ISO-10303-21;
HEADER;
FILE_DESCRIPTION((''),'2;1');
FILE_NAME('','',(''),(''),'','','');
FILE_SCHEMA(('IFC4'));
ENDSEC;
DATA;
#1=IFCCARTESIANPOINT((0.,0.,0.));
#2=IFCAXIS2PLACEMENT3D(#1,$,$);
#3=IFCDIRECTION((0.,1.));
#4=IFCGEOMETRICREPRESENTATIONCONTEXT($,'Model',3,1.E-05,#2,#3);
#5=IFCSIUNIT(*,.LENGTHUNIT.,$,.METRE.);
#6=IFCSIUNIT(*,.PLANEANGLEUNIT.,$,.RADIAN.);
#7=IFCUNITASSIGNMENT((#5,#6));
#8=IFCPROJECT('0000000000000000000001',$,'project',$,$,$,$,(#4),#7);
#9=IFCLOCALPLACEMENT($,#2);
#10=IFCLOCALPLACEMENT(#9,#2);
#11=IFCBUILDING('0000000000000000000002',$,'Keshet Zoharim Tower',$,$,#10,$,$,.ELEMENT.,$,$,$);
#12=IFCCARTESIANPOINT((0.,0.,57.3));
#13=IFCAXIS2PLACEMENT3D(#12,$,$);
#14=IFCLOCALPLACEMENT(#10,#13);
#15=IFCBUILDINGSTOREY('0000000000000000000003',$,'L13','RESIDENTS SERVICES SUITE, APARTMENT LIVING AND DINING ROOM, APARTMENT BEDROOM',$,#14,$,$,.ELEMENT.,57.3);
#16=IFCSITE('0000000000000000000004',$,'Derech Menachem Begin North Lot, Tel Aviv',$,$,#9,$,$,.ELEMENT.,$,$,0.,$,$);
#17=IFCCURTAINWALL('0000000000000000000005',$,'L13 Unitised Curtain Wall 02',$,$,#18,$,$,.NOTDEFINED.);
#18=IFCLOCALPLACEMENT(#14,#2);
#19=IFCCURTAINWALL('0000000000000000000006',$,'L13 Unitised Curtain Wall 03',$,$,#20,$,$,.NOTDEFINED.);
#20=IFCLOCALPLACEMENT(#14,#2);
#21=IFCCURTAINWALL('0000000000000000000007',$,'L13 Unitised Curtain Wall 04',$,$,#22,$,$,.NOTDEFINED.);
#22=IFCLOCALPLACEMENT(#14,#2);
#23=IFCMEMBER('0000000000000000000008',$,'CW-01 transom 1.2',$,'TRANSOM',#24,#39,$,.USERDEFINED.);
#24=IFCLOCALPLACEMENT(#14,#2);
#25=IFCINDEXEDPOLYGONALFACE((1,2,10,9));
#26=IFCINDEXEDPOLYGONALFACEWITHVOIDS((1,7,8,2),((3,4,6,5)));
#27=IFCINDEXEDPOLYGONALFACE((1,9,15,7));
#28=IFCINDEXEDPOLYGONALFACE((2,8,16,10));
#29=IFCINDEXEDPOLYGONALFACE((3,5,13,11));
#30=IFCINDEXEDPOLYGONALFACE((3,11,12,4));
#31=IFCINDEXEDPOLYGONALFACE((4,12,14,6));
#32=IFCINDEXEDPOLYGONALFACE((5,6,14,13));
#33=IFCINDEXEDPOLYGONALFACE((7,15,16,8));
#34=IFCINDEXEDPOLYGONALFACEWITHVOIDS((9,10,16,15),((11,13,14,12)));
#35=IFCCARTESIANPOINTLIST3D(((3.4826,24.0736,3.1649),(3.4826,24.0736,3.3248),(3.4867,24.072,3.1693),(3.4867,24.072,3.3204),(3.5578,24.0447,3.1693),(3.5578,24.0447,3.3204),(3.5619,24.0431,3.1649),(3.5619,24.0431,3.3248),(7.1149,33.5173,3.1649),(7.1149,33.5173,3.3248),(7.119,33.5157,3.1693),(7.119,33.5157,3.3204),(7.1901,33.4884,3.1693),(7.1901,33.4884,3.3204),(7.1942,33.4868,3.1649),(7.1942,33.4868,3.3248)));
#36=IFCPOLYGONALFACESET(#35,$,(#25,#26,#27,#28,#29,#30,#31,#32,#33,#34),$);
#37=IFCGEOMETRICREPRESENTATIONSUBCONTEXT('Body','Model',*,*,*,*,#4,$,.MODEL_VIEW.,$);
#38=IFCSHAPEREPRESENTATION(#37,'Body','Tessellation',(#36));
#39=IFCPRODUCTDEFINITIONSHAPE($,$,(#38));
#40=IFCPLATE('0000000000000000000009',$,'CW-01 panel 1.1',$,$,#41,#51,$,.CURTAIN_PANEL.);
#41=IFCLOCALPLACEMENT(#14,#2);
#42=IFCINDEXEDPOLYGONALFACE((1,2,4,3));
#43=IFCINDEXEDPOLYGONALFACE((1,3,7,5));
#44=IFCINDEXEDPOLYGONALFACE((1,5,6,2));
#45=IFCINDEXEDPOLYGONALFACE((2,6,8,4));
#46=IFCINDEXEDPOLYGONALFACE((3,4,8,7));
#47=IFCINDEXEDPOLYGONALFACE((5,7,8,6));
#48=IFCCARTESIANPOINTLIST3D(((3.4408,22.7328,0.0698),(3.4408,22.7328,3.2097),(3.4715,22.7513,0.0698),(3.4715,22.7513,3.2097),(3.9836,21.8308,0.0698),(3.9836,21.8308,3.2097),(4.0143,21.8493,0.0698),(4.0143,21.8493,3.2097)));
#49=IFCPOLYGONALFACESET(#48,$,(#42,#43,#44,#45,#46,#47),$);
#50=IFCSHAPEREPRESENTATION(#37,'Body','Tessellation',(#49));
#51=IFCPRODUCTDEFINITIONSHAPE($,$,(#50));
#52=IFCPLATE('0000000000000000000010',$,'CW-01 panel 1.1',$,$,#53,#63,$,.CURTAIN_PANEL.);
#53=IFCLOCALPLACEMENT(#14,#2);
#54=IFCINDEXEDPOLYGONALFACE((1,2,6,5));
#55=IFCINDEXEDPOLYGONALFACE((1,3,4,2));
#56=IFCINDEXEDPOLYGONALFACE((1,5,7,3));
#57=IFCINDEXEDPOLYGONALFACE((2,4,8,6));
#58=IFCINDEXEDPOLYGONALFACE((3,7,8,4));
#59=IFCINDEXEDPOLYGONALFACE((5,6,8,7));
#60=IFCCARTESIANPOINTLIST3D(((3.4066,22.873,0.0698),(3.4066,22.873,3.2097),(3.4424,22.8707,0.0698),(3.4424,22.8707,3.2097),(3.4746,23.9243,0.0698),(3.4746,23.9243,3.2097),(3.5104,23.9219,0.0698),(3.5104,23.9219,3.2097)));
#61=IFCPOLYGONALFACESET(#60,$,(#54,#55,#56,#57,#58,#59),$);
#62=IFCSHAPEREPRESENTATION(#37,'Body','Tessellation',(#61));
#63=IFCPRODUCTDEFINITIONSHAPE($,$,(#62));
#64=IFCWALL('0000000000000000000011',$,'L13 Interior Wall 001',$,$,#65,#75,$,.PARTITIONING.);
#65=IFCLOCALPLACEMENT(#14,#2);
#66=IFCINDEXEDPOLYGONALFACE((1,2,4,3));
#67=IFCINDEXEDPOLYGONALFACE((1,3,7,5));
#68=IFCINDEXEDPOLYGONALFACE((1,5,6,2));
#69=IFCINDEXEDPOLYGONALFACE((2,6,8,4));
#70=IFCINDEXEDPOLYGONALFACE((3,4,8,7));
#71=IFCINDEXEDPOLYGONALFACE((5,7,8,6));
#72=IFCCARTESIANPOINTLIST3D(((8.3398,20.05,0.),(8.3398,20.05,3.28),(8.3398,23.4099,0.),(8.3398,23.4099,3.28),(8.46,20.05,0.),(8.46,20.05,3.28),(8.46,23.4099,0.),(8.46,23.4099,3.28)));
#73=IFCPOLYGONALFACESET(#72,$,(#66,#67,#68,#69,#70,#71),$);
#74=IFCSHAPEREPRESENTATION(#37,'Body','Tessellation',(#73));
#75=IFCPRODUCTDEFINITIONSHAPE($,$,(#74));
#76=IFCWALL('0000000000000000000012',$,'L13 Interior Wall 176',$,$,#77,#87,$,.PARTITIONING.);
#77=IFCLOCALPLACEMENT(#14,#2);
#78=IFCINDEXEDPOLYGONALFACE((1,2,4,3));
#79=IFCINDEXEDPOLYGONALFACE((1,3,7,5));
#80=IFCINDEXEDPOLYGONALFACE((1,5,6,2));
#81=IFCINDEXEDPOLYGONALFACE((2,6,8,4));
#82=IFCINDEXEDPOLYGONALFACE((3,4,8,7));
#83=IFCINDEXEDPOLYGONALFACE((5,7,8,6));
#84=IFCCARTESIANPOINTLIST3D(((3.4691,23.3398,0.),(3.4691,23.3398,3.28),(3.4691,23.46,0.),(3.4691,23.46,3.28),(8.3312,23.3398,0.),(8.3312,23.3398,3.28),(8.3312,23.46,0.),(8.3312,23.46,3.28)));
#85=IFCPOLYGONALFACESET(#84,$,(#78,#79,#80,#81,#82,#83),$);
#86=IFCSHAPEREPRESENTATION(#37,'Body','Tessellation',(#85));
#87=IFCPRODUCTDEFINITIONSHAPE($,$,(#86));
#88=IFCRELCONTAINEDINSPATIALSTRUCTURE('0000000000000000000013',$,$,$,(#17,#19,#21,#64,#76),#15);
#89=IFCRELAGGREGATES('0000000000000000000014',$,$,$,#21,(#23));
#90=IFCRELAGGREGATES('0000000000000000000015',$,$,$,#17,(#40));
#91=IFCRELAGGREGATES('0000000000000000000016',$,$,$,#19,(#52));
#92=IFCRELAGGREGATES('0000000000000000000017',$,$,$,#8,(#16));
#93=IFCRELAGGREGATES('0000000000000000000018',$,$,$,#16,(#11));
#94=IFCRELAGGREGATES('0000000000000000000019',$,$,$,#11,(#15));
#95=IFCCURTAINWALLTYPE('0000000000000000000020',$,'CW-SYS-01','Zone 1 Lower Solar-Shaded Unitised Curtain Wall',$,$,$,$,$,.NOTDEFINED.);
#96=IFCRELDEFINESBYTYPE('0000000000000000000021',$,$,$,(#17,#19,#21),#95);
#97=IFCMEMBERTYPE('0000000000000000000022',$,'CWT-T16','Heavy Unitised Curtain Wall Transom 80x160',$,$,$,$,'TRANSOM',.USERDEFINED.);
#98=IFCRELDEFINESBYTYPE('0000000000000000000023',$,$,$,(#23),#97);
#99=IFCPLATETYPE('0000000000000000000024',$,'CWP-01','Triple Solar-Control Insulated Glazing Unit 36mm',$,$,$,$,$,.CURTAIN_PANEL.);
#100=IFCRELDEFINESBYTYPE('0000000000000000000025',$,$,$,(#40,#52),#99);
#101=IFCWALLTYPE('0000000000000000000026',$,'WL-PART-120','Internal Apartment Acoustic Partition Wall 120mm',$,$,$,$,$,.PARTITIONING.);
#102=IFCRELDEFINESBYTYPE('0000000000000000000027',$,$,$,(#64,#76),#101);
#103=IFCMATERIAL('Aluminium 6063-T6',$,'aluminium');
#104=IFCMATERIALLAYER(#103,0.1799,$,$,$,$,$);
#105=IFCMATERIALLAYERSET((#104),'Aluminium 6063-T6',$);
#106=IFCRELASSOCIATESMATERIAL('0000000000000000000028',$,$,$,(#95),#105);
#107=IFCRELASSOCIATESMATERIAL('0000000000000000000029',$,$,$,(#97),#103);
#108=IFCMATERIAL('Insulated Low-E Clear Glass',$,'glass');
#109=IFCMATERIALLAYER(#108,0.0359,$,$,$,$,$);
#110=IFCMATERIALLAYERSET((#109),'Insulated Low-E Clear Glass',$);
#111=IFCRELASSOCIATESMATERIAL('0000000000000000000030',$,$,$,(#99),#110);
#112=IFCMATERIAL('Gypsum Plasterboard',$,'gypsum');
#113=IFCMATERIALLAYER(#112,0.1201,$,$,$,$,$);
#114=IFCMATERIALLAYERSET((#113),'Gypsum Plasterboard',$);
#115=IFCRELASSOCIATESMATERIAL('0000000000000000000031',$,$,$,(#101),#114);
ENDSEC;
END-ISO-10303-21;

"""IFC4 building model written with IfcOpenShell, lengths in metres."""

from ifc_helpers import new_model, si_unit, direction, frame, frame_2d, origin, origin_2d, place, context, subcontext, project, spatial, rectangle, hollow_rectangle, extrude, material, layer, layer_set, material_profile, profile_set, type_object, element, aggregate, save


model = new_model("IFC4")

# Units and contexts
model_context = context("Model", 3, precision=1e-05, world=origin(), true_north=direction((0.0, 1.0)))
body_context = subcontext(model_context, "Body", "Model", "MODEL_VIEW")
ifc_project = project(units=[si_unit("LENGTHUNIT", "METRE"), si_unit("PLANEANGLEUNIT", "RADIAN")], contexts=[model_context])

# Site, building, storey
site_placement = place(None, origin())
site = spatial("IfcSite", under=ifc_project, at=site_placement, Name="Derech Menachem Begin North Lot, Tel Aviv", CompositionType="ELEMENT", RefElevation=0.0)
building_placement = place(site_placement, origin())
building = spatial("IfcBuilding", under=site, at=building_placement, Name="Keshet Zoharim Tower", CompositionType="ELEMENT")
storey_placement = place(building_placement, frame((0.0, 0.0, 57.3)))
storey = spatial("IfcBuildingStorey", under=building, at=storey_placement, Name="L13", Description="RESIDENTS SERVICES SUITE, APARTMENT LIVING AND DINING ROOM, APARTMENT BEDROOM", CompositionType="ELEMENT", Elevation=57.3)

# Shared definitions
ifc_material_1 = material(Name="Aluminium 6063-T6", Category="aluminium")
ifc_layer_1 = layer(ifc_material_1, 0.1799)
ifc_layer_set_1 = layer_set([ifc_layer_1], Name="Aluminium 6063-T6")
curtain_wall_type = type_object("IfcCurtainWallType", Name="CW-SYS-01", Description="Zone 1 Lower Solar-Shaded Unitised Curtain Wall", PredefinedType="NOTDEFINED", material=ifc_layer_set_1)

# Curtain walls
curtain_wall_1_placement = place(storey_placement, origin())
curtain_wall_1 = element("IfcCurtainWall", 1, at=curtain_wall_1_placement, inside=storey, type_object=curtain_wall_type, Name="L13 Unitised Curtain Wall 02", PredefinedType="NOTDEFINED")
curtain_wall_2_placement = place(storey_placement, origin())
curtain_wall_2 = element("IfcCurtainWall", 2, at=curtain_wall_2_placement, inside=storey, type_object=curtain_wall_type, Name="L13 Unitised Curtain Wall 03", PredefinedType="NOTDEFINED")

# Curtain wall
curtain_wall_3_placement = place(storey_placement, origin())
curtain_wall_3 = element("IfcCurtainWall", 3, at=curtain_wall_3_placement, inside=storey, type_object=curtain_wall_type, Name="L13 Unitised Curtain Wall 04", PredefinedType="NOTDEFINED")

# Member
ifc_material_profile_1 = material_profile(ifc_material_1, hollow_rectangle(XDim=0.085, YDim=0.1599, WallThickness=0.0044, at=origin_2d()), Name="TRN-85x160")
ifc_profile_set_1 = profile_set([ifc_material_profile_1], Name="Aluminium 6063-T6")
member_type_1 = type_object("IfcMemberType", Name="CWT-T16", Description="Heavy Unitised Curtain Wall Transom 80x160", ElementType="TRANSOM", PredefinedType="USERDEFINED", material=ifc_profile_set_1)
member_1_placement = place(storey_placement, frame((3.5222, 24.0583, 3.2449), z_axis=(0.358994, 0.93334, 0.0), x_axis=(-0.93334, 0.358994, 0.0)))
member_1 = element("IfcMember", 4, at=member_1_placement, type_object=member_type_1, Name="CW-01 transom 1.2", ObjectType="TRANSOM", PredefinedType="USERDEFINED", context=body_context, shape_type="SweptSolid", body=[
    extrude(hollow_rectangle(XDim=0.085, YDim=0.1599, WallThickness=0.0044, at=origin_2d()), origin(), (0.0, 0.0, 1.0), 10.1182),
])
aggregate(curtain_wall_3, [member_1])

# Plates
ifc_material_2 = material(Name="Insulated Low-E Clear Glass", Category="glass")
ifc_layer_2 = layer(ifc_material_2, 0.0359)
ifc_layer_set_2 = layer_set([ifc_layer_2], Name="Insulated Low-E Clear Glass")
plate_type = type_object("IfcPlateType", Name="CWP-01", Description="Triple Solar-Control Insulated Glazing Unit 36mm", PredefinedType="CURTAIN_PANEL", material=ifc_layer_set_2)
plate_1_placement = place(storey_placement, frame((3.7275, 22.291, 0.0698), z_axis=(0.0, 0.0, 1.0), x_axis=(-0.515605, 0.856826, 0.0)))
plate_1 = element("IfcPlate", 5, at=plate_1_placement, type_object=plate_type, Name="CW-01 panel 1.1", PredefinedType="CURTAIN_PANEL", context=body_context, shape_type="SweptSolid", body=[
    extrude(rectangle(XDim=1.0527, YDim=0.0359, at=origin_2d()), origin(), (0.0, 0.0, 1.0), 3.1399),
])
aggregate(curtain_wall_1, [plate_1])
plate_2_placement = place(storey_placement, frame((3.4585, 23.3975, 0.0698), z_axis=(0.0, 0.0, 1.0), x_axis=(0.064517, 0.997917, 0.0)))
plate_2 = element("IfcPlate", 6, at=plate_2_placement, type_object=plate_type, Name="CW-01 panel 1.1", PredefinedType="CURTAIN_PANEL", context=body_context, shape_type="SweptSolid", body=[
    extrude(rectangle(XDim=1.0535, YDim=0.0359, at=origin_2d()), origin(), (0.0, 0.0, 1.0), 3.1399),
])
aggregate(curtain_wall_2, [plate_2])

# Wall
ifc_material_3 = material(Name="Gypsum Plasterboard", Category="gypsum")
ifc_layer_3 = layer(ifc_material_3, 0.1201)
ifc_layer_set_3 = layer_set([ifc_layer_3], Name="Gypsum Plasterboard")
wall_type = type_object("IfcWallType", Name="WL-PART-120", Description="Internal Apartment Acoustic Partition Wall 120mm", PredefinedType="PARTITIONING", material=ifc_layer_set_3)
wall_1_placement = place(storey_placement, frame((8.3999, 20.05, 0.0), z_axis=(0.0, 0.0, 1.0), x_axis=(0.0, 1.0, 0.0)))
element("IfcWall", 7, at=wall_1_placement, inside=storey, type_object=wall_type, Name="L13 Interior Wall 001", PredefinedType="PARTITIONING", context=body_context, shape_type="SweptSolid", body=[
    extrude(rectangle(XDim=3.3599, YDim=0.1201, at=frame_2d((1.6799, 0.0))), origin(), (0.0, 0.0, 1.0), 3.28),
])

# Wall
wall_2_placement = place(storey_placement, frame((3.469, 23.3999, 0.0), z_axis=(0.0, 0.0, 1.0), x_axis=(1.0, 0.0, 0.0)))
element("IfcWall", 8, at=wall_2_placement, inside=storey, type_object=wall_type, Name="L13 Interior Wall 176", PredefinedType="PARTITIONING", context=body_context, shape_type="SweptSolid", body=[
    extrude(rectangle(XDim=4.8621, YDim=0.1201, at=frame_2d((2.4312, 0.0))), origin(), (0.0, 0.0, 1.0), 3.28),
])

save(model, "model.ifc")
